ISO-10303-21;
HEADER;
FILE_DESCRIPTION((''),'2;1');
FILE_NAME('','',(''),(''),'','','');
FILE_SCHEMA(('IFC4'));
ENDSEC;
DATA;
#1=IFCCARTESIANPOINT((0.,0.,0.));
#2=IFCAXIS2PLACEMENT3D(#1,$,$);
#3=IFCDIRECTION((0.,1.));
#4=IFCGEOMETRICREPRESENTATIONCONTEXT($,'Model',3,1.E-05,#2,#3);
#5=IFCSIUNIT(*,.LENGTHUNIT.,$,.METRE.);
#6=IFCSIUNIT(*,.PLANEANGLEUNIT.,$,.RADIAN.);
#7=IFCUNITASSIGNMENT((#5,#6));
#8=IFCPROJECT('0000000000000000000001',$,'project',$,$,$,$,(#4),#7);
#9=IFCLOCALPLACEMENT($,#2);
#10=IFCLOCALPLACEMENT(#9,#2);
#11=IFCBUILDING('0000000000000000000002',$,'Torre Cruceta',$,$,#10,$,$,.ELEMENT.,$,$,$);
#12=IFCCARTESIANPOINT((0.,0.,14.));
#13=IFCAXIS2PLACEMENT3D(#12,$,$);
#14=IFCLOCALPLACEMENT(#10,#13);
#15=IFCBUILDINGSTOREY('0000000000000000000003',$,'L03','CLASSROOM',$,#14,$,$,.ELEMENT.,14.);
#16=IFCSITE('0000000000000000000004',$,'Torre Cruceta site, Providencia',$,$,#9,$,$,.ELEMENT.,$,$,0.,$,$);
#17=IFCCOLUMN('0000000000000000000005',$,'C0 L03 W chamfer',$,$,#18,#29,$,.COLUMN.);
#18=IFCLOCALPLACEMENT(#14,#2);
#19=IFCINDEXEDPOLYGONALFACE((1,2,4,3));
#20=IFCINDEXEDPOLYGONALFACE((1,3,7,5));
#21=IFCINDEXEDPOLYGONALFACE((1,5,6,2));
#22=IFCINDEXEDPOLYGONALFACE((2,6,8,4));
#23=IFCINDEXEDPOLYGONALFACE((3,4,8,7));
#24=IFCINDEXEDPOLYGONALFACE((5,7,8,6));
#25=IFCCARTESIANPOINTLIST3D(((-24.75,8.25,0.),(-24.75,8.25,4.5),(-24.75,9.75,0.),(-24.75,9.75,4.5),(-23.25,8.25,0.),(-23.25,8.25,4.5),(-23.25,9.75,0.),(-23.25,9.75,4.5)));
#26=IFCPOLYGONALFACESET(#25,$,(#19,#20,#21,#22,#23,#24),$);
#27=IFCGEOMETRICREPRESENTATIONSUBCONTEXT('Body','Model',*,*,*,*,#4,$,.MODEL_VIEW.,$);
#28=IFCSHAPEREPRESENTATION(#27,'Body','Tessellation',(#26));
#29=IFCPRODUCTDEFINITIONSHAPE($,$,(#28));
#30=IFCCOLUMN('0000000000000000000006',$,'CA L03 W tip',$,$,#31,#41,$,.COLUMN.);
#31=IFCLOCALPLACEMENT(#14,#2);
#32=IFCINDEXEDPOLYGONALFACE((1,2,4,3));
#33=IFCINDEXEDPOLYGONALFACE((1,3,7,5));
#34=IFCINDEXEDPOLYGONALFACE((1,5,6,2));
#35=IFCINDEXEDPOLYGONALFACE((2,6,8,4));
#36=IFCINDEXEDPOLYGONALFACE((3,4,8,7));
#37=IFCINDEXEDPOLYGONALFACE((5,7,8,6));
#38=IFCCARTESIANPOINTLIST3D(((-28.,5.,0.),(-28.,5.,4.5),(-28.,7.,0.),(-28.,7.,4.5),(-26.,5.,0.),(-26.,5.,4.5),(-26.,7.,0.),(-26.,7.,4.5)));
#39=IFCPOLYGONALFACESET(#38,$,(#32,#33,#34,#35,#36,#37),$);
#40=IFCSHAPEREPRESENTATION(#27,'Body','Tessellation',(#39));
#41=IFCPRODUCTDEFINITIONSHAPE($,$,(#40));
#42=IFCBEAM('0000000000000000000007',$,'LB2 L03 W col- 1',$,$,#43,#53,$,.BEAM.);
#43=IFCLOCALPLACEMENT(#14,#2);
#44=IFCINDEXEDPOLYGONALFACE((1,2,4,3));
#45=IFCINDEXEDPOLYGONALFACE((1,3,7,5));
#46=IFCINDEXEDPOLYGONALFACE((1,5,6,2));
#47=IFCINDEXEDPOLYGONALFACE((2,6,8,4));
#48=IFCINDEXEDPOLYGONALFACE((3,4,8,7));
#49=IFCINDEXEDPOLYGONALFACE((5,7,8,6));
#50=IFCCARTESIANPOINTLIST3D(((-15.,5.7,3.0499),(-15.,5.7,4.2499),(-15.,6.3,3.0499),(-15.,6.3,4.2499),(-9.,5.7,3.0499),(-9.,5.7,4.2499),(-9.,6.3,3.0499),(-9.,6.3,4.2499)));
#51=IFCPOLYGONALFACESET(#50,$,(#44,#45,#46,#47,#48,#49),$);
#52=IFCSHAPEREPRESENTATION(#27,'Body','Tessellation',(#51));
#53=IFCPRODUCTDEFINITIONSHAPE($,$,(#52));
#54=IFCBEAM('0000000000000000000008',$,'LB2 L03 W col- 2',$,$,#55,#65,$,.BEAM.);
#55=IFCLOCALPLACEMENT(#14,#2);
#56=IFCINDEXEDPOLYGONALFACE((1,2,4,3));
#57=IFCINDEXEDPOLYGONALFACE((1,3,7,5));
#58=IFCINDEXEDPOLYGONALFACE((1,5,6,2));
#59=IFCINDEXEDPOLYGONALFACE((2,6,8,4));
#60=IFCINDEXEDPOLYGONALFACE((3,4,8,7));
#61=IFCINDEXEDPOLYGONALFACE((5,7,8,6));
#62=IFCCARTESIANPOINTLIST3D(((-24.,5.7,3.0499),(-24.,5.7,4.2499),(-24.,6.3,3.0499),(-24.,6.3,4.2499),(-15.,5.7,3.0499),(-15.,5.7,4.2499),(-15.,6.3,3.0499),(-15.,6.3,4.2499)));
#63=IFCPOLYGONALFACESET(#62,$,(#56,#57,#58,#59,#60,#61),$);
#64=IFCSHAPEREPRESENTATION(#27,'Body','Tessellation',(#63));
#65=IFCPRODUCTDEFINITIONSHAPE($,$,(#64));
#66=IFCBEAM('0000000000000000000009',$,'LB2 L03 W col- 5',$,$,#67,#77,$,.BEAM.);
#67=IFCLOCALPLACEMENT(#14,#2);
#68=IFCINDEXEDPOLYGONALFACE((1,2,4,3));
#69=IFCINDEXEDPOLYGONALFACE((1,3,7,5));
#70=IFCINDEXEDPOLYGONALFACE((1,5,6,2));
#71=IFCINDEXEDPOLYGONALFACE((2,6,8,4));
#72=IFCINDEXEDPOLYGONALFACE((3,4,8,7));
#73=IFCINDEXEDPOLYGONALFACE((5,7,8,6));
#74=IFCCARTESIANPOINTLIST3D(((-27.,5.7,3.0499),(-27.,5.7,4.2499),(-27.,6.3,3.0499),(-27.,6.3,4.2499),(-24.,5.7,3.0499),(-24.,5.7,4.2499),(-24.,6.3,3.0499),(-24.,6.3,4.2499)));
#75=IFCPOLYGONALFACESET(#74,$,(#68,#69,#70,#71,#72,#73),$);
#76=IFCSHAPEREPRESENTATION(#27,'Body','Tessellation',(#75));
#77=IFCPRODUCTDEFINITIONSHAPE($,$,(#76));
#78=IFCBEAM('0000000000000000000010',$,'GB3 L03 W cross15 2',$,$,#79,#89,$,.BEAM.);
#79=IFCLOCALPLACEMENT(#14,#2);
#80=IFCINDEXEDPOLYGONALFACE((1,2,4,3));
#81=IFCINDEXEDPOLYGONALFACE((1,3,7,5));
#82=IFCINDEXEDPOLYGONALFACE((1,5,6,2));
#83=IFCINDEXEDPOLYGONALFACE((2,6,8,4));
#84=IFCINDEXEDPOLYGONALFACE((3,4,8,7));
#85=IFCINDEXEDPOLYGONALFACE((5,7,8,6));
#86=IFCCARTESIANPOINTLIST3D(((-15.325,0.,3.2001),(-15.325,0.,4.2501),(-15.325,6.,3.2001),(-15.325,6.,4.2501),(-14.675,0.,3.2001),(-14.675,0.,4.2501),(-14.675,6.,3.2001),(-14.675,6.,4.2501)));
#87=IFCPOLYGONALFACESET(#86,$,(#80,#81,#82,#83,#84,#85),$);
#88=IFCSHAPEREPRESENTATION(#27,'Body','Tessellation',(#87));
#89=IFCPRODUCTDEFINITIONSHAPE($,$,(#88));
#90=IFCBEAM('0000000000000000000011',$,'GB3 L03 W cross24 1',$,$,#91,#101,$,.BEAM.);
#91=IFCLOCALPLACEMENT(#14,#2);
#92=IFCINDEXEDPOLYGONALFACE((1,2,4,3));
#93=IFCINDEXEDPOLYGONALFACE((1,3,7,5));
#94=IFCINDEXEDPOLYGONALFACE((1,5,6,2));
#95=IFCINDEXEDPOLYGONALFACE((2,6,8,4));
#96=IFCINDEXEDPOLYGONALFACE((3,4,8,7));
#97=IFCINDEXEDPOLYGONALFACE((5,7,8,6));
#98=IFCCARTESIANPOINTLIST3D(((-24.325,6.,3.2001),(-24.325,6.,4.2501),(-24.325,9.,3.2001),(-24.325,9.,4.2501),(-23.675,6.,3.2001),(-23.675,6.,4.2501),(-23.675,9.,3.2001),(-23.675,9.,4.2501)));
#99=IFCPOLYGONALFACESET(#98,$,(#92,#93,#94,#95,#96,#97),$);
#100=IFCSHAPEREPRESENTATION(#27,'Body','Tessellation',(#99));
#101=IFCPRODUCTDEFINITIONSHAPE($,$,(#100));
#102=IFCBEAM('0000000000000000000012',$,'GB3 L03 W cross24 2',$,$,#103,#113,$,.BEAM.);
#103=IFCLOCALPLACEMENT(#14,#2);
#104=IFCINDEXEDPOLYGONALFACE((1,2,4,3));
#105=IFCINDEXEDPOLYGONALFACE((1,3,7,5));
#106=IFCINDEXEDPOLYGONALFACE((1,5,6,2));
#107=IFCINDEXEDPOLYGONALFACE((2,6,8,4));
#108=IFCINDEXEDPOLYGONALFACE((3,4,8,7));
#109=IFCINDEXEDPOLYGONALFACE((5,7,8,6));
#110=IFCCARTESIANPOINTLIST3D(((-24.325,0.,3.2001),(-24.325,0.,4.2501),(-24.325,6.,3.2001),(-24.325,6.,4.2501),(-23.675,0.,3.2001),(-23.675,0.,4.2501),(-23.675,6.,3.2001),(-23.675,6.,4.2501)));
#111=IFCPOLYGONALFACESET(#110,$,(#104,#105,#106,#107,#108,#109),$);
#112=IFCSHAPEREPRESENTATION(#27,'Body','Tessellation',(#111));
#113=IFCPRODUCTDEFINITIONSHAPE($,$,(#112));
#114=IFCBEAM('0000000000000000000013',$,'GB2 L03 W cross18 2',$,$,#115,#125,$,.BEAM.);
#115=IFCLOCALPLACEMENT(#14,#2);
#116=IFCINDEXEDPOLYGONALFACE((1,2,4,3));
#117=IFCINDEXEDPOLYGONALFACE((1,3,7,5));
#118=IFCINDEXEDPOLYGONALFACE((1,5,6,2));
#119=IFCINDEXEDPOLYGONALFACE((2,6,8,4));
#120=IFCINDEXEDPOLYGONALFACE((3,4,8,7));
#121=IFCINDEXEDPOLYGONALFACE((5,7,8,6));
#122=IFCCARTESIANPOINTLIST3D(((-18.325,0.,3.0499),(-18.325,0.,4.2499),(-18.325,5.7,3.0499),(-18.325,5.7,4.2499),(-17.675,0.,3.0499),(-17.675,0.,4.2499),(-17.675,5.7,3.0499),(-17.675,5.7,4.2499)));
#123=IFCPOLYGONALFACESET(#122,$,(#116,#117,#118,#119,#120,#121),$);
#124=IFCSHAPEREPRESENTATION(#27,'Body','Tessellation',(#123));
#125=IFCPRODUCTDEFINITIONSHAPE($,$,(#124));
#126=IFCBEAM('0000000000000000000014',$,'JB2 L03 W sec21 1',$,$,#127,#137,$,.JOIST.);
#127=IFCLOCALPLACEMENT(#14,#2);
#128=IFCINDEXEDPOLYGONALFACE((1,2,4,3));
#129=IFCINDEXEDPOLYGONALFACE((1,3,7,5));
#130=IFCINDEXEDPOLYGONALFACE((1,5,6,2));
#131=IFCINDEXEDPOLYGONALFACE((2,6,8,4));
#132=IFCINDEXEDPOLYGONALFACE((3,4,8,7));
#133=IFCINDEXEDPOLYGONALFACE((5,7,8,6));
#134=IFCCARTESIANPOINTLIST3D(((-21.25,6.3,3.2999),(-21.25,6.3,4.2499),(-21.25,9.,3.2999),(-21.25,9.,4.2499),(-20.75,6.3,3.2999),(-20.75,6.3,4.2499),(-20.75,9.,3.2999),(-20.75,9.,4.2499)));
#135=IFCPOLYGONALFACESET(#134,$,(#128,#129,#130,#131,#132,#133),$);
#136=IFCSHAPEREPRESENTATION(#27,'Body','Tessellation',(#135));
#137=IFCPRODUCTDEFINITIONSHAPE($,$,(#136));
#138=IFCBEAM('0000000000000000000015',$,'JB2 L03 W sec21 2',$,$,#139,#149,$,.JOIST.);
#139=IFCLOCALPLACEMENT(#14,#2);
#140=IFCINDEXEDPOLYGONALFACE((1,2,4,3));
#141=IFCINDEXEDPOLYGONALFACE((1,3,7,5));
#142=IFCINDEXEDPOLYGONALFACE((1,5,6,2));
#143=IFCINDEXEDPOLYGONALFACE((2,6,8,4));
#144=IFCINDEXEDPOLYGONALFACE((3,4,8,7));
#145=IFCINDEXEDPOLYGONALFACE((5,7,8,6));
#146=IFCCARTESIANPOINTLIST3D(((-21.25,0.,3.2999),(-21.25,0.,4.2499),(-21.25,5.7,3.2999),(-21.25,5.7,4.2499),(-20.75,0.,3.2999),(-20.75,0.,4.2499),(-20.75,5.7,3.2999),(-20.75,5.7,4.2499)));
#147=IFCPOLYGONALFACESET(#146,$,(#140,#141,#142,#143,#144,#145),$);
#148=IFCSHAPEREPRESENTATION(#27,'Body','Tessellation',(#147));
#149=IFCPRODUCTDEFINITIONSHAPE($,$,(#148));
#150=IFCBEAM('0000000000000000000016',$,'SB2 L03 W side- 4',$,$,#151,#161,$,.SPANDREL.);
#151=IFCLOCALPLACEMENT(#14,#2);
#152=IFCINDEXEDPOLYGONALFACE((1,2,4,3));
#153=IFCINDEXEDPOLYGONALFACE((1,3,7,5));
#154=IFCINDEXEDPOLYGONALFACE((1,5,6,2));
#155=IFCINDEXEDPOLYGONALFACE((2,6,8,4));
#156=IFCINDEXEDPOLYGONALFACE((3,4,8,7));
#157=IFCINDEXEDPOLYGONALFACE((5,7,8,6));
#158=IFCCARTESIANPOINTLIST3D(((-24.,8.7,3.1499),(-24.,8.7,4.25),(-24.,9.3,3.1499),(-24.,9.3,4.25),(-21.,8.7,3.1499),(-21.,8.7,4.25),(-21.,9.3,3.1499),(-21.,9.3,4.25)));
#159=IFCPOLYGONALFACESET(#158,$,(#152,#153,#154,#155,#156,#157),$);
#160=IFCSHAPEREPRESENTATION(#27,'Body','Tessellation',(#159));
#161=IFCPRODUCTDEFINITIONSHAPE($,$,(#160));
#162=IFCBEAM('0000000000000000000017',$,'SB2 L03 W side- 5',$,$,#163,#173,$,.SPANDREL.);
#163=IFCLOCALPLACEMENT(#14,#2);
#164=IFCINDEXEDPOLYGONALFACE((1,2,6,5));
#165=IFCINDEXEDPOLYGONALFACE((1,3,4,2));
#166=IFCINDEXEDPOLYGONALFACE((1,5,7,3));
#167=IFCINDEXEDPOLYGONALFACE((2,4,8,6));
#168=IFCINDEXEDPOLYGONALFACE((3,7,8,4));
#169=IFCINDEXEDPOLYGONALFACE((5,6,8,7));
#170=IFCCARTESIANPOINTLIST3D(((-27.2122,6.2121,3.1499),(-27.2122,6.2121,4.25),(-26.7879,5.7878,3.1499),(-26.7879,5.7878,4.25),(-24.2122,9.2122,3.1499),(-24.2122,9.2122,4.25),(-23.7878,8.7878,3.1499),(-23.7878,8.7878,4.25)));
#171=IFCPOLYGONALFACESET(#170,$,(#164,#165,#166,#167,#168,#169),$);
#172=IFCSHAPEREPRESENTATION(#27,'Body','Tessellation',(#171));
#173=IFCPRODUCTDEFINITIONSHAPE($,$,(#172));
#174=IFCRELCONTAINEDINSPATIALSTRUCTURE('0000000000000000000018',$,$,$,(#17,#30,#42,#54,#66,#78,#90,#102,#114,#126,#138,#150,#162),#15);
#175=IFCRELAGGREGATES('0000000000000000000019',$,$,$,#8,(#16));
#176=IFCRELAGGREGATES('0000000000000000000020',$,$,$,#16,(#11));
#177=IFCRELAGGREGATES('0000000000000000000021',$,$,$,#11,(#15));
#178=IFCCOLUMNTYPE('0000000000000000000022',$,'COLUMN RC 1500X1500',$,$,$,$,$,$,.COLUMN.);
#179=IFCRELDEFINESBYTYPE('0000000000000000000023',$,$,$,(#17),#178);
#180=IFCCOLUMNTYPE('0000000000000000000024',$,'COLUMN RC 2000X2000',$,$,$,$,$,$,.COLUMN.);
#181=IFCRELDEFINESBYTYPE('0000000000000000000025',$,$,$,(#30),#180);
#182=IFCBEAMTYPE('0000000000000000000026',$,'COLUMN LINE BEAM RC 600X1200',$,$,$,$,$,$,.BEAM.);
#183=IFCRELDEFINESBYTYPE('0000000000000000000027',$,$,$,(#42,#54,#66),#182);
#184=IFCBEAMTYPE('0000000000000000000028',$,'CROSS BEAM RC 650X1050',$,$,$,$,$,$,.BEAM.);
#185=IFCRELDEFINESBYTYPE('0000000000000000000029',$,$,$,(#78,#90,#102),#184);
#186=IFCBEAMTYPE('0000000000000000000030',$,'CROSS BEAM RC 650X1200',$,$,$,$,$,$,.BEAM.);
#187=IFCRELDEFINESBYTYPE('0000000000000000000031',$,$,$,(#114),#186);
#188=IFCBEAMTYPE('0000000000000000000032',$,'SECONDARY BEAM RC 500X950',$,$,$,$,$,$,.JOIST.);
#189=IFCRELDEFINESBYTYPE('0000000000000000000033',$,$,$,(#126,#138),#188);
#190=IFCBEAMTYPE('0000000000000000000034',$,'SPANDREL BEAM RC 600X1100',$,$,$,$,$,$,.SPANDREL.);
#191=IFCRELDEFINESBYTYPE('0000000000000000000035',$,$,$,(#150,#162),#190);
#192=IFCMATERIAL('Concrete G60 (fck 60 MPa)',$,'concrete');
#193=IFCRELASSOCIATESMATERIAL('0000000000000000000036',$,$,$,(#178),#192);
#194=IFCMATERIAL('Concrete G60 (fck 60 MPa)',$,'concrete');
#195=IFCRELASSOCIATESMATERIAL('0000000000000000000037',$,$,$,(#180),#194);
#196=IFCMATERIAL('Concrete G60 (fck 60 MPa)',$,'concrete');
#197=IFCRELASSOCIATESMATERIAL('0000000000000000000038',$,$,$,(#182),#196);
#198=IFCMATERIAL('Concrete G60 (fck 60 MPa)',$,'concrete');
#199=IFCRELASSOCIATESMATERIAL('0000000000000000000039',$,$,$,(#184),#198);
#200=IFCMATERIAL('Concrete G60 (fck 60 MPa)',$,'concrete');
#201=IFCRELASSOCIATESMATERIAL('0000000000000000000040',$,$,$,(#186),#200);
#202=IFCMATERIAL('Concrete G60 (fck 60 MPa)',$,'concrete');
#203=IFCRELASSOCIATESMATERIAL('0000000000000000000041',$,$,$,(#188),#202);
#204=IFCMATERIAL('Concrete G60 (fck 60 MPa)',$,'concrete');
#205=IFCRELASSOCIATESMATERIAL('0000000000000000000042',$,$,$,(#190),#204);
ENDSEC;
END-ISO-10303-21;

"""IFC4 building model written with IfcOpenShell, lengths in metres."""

from ifc_helpers import new_model, si_unit, direction, frame, origin, origin_2d, place, context, subcontext, project, spatial, rectangle, extrude, material, material_profile, profile_set, type_object, element, save


model = new_model("IFC4")

# Units and contexts
model_context = context("Model", 3, precision=1e-05, world=origin(), true_north=direction((0.0, 1.0)))
body_context = subcontext(model_context, "Body", "Model", "MODEL_VIEW")
ifc_project = project(units=[si_unit("LENGTHUNIT", "METRE"), si_unit("PLANEANGLEUNIT", "RADIAN")], contexts=[model_context])

# Site, building, storey
site_placement = place(None, origin())
site = spatial("IfcSite", under=ifc_project, at=site_placement, Name="Torre Cruceta site, Providencia", CompositionType="ELEMENT", RefElevation=0.0)
building_placement = place(site_placement, origin())
building = spatial("IfcBuilding", under=site, at=building_placement, Name="Torre Cruceta", CompositionType="ELEMENT")
storey_placement = place(building_placement, frame((0.0, 0.0, 14.0)))
storey = spatial("IfcBuildingStorey", under=building, at=storey_placement, Name="L03", Description="CLASSROOM", CompositionType="ELEMENT", Elevation=14.0)

# Columns
ifc_material_1 = material(Name="Concrete G60 (fck 60 MPa)", Category="concrete")
ifc_material_profile_1 = material_profile(ifc_material_1, rectangle(XDim=1.5, YDim=1.5, at=origin_2d()), Name="RC 1500X1500")
ifc_profile_set_1 = profile_set([ifc_material_profile_1], Name="Concrete G60 (fck 60 MPa)")
column_type_1 = type_object("IfcColumnType", Name="COLUMN RC 1500X1500", PredefinedType="COLUMN", material=ifc_profile_set_1)
column_1_placement = place(storey_placement, frame((-24.0, 9.0, 0.0), z_axis=(0.0, 0.0, 1.0), x_axis=(1.0, 0.0, 0.0)))
element("IfcColumn", 1, at=column_1_placement, inside=storey, type_object=column_type_1, Name="C0 L03 W chamfer", PredefinedType="COLUMN", context=body_context, shape_type="SweptSolid", body=[
    extrude(rectangle(XDim=1.5, YDim=1.5, at=origin_2d()), origin(), (0.0, 0.0, 1.0), 4.5),
])
ifc_material_2 = material(Name="Concrete G60 (fck 60 MPa)", Category="concrete")
ifc_material_profile_2 = material_profile(ifc_material_2, rectangle(XDim=2.0, YDim=2.0, at=origin_2d()), Name="RC 2000X2000")
ifc_profile_set_2 = profile_set([ifc_material_profile_2], Name="Concrete G60 (fck 60 MPa)")
column_type_2 = type_object("IfcColumnType", Name="COLUMN RC 2000X2000", PredefinedType="COLUMN", material=ifc_profile_set_2)
column_2_placement = place(storey_placement, frame((-27.0, 6.0, 0.0), z_axis=(0.0, 0.0, 1.0), x_axis=(1.0, 0.0, 0.0)))
element("IfcColumn", 2, at=column_2_placement, inside=storey, type_object=column_type_2, Name="CA L03 W tip", PredefinedType="COLUMN", context=body_context, shape_type="SweptSolid", body=[
    extrude(rectangle(XDim=2.0, YDim=2.0, at=origin_2d()), origin(), (0.0, 0.0, 1.0), 4.5),
])

# Beams
ifc_material_3 = material(Name="Concrete G60 (fck 60 MPa)", Category="concrete")
ifc_material_profile_3 = material_profile(ifc_material_3, rectangle(XDim=0.6001, YDim=1.2, at=origin_2d()), Name="RC 600X1200")
ifc_profile_set_3 = profile_set([ifc_material_profile_3], Name="Concrete G60 (fck 60 MPa)")
beam_type_1 = type_object("IfcBeamType", Name="COLUMN LINE BEAM RC 600X1200", PredefinedType="BEAM", material=ifc_profile_set_3)
beam_1_placement = place(storey_placement, frame((-9.0, 6.0, 3.6499), z_axis=(-1.0, 0.0, 0.0), x_axis=(0.0, -1.0, 0.0)))
element("IfcBeam", 3, at=beam_1_placement, inside=storey, type_object=beam_type_1, Name="LB2 L03 W col- 1", PredefinedType="BEAM", context=body_context, shape_type="SweptSolid", body=[
    extrude(rectangle(XDim=0.6001, YDim=1.2, at=origin_2d()), origin(), (0.0, 0.0, 1.0), 6.0),
])
beam_2_placement = place(storey_placement, frame((-15.0, 6.0, 3.6499), z_axis=(-1.0, 0.0, 0.0), x_axis=(0.0, -1.0, 0.0)))
element("IfcBeam", 4, at=beam_2_placement, inside=storey, type_object=beam_type_1, Name="LB2 L03 W col- 2", PredefinedType="BEAM", context=body_context, shape_type="SweptSolid", body=[
    extrude(rectangle(XDim=0.6001, YDim=1.2, at=origin_2d()), origin(), (0.0, 0.0, 1.0), 9.0),
])
beam_3_placement = place(storey_placement, frame((-24.0, 6.0, 3.6499), z_axis=(-1.0, 0.0, 0.0), x_axis=(0.0, -1.0, 0.0)))
element("IfcBeam", 5, at=beam_3_placement, inside=storey, type_object=beam_type_1, Name="LB2 L03 W col- 5", PredefinedType="BEAM", context=body_context, shape_type="SweptSolid", body=[
    extrude(rectangle(XDim=0.6001, YDim=1.2, at=origin_2d()), origin(), (0.0, 0.0, 1.0), 3.0),
])
ifc_material_4 = material(Name="Concrete G60 (fck 60 MPa)", Category="concrete")
ifc_material_profile_4 = material_profile(ifc_material_4, rectangle(XDim=0.6499, YDim=1.05, at=origin_2d()), Name="RC 650X1050")
ifc_profile_set_4 = profile_set([ifc_material_profile_4], Name="Concrete G60 (fck 60 MPa)")
beam_type_2 = type_object("IfcBeamType", Name="CROSS BEAM RC 650X1050", PredefinedType="BEAM", material=ifc_profile_set_4)
beam_4_placement = place(storey_placement, frame((-15.0, 6.0, 3.7251), z_axis=(0.0, -1.0, 0.0), x_axis=(1.0, 0.0, 0.0)))
element("IfcBeam", 6, at=beam_4_placement, inside=storey, type_object=beam_type_2, Name="GB3 L03 W cross15 2", PredefinedType="BEAM", context=body_context, shape_type="SweptSolid", body=[
    extrude(rectangle(XDim=0.6499, YDim=1.05, at=origin_2d()), origin(), (0.0, 0.0, 1.0), 6.0),
])
beam_5_placement = place(storey_placement, frame((-24.0, 9.0, 3.7251), z_axis=(0.0, -1.0, 0.0), x_axis=(1.0, 0.0, 0.0)))
element("IfcBeam", 7, at=beam_5_placement, inside=storey, type_object=beam_type_2, Name="GB3 L03 W cross24 1", PredefinedType="BEAM", context=body_context, shape_type="SweptSolid", body=[
    extrude(rectangle(XDim=0.6499, YDim=1.05, at=origin_2d()), origin(), (0.0, 0.0, 1.0), 3.0),
])
beam_6_placement = place(storey_placement, frame((-24.0, 6.0, 3.7251), z_axis=(0.0, -1.0, 0.0), x_axis=(1.0, 0.0, 0.0)))
element("IfcBeam", 8, at=beam_6_placement, inside=storey, type_object=beam_type_2, Name="GB3 L03 W cross24 2", PredefinedType="BEAM", context=body_context, shape_type="SweptSolid", body=[
    extrude(rectangle(XDim=0.6499, YDim=1.05, at=origin_2d()), origin(), (0.0, 0.0, 1.0), 6.0),
])
ifc_material_5 = material(Name="Concrete G60 (fck 60 MPa)", Category="concrete")
ifc_material_profile_5 = material_profile(ifc_material_5, rectangle(XDim=0.6499, YDim=1.2, at=origin_2d()), Name="RC 650X1200")
ifc_profile_set_5 = profile_set([ifc_material_profile_5], Name="Concrete G60 (fck 60 MPa)")
beam_type_3 = type_object("IfcBeamType", Name="CROSS BEAM RC 650X1200", PredefinedType="BEAM", material=ifc_profile_set_5)
beam_7_placement = place(storey_placement, frame((-18.0, 5.7, 3.6499), z_axis=(0.0, -1.0, 0.0), x_axis=(1.0, 0.0, 0.0)))
element("IfcBeam", 9, at=beam_7_placement, inside=storey, type_object=beam_type_3, Name="GB2 L03 W cross18 2", PredefinedType="BEAM", context=body_context, shape_type="SweptSolid", body=[
    extrude(rectangle(XDim=0.6499, YDim=1.2, at=origin_2d()), origin(), (0.0, 0.0, 1.0), 5.7),
])
ifc_material_6 = material(Name="Concrete G60 (fck 60 MPa)", Category="concrete")
ifc_material_profile_6 = material_profile(ifc_material_6, rectangle(XDim=0.5, YDim=0.95, at=origin_2d()), Name="RC 500X950")
ifc_profile_set_6 = profile_set([ifc_material_profile_6], Name="Concrete G60 (fck 60 MPa)")
beam_type_4 = type_object("IfcBeamType", Name="SECONDARY BEAM RC 500X950", PredefinedType="JOIST", material=ifc_profile_set_6)
beam_8_placement = place(storey_placement, frame((-21.0, 9.0, 3.7749), z_axis=(0.0, -1.0, 0.0), x_axis=(1.0, 0.0, 0.0)))
element("IfcBeam", 10, at=beam_8_placement, inside=storey, type_object=beam_type_4, Name="JB2 L03 W sec21 1", PredefinedType="JOIST", context=body_context, shape_type="SweptSolid", body=[
    extrude(rectangle(XDim=0.5, YDim=0.95, at=origin_2d()), origin(), (0.0, 0.0, 1.0), 2.7),
])
beam_9_placement = place(storey_placement, frame((-21.0, 5.7, 3.7749), z_axis=(0.0, -1.0, 0.0), x_axis=(1.0, 0.0, 0.0)))
element("IfcBeam", 11, at=beam_9_placement, inside=storey, type_object=beam_type_4, Name="JB2 L03 W sec21 2", PredefinedType="JOIST", context=body_context, shape_type="SweptSolid", body=[
    extrude(rectangle(XDim=0.5, YDim=0.95, at=origin_2d()), origin(), (0.0, 0.0, 1.0), 5.7),
])
ifc_material_7 = material(Name="Concrete G60 (fck 60 MPa)", Category="concrete")
ifc_material_profile_7 = material_profile(ifc_material_7, rectangle(XDim=0.6001, YDim=1.1001, at=origin_2d()), Name="RC 600X1100")
ifc_profile_set_7 = profile_set([ifc_material_profile_7], Name="Concrete G60 (fck 60 MPa)")
beam_type_5 = type_object("IfcBeamType", Name="SPANDREL BEAM RC 600X1100", PredefinedType="SPANDREL", material=ifc_profile_set_7)
beam_10_placement = place(storey_placement, frame((-21.0, 9.0, 3.7), z_axis=(-1.0, 0.0, 0.0), x_axis=(0.0, -1.0, 0.0)))
element("IfcBeam", 12, at=beam_10_placement, inside=storey, type_object=beam_type_5, Name="SB2 L03 W side- 4", PredefinedType="SPANDREL", context=body_context, shape_type="SweptSolid", body=[
    extrude(rectangle(XDim=0.6001, YDim=1.1001, at=origin_2d()), origin(), (0.0, 0.0, 1.0), 3.0),
])
beam_11_placement = place(storey_placement, frame((-24.0, 9.0, 3.7), z_axis=(-0.707107, -0.707107, 0.0), x_axis=(0.707107, -0.707107, 0.0)))
element("IfcBeam", 13, at=beam_11_placement, inside=storey, type_object=beam_type_5, Name="SB2 L03 W side- 5", PredefinedType="SPANDREL", context=body_context, shape_type="SweptSolid", body=[
    extrude(rectangle(XDim=0.6001, YDim=1.1001, at=origin_2d()), origin(), (0.0, 0.0, 1.0), 4.2427),
])

save(model, "model.ifc")
